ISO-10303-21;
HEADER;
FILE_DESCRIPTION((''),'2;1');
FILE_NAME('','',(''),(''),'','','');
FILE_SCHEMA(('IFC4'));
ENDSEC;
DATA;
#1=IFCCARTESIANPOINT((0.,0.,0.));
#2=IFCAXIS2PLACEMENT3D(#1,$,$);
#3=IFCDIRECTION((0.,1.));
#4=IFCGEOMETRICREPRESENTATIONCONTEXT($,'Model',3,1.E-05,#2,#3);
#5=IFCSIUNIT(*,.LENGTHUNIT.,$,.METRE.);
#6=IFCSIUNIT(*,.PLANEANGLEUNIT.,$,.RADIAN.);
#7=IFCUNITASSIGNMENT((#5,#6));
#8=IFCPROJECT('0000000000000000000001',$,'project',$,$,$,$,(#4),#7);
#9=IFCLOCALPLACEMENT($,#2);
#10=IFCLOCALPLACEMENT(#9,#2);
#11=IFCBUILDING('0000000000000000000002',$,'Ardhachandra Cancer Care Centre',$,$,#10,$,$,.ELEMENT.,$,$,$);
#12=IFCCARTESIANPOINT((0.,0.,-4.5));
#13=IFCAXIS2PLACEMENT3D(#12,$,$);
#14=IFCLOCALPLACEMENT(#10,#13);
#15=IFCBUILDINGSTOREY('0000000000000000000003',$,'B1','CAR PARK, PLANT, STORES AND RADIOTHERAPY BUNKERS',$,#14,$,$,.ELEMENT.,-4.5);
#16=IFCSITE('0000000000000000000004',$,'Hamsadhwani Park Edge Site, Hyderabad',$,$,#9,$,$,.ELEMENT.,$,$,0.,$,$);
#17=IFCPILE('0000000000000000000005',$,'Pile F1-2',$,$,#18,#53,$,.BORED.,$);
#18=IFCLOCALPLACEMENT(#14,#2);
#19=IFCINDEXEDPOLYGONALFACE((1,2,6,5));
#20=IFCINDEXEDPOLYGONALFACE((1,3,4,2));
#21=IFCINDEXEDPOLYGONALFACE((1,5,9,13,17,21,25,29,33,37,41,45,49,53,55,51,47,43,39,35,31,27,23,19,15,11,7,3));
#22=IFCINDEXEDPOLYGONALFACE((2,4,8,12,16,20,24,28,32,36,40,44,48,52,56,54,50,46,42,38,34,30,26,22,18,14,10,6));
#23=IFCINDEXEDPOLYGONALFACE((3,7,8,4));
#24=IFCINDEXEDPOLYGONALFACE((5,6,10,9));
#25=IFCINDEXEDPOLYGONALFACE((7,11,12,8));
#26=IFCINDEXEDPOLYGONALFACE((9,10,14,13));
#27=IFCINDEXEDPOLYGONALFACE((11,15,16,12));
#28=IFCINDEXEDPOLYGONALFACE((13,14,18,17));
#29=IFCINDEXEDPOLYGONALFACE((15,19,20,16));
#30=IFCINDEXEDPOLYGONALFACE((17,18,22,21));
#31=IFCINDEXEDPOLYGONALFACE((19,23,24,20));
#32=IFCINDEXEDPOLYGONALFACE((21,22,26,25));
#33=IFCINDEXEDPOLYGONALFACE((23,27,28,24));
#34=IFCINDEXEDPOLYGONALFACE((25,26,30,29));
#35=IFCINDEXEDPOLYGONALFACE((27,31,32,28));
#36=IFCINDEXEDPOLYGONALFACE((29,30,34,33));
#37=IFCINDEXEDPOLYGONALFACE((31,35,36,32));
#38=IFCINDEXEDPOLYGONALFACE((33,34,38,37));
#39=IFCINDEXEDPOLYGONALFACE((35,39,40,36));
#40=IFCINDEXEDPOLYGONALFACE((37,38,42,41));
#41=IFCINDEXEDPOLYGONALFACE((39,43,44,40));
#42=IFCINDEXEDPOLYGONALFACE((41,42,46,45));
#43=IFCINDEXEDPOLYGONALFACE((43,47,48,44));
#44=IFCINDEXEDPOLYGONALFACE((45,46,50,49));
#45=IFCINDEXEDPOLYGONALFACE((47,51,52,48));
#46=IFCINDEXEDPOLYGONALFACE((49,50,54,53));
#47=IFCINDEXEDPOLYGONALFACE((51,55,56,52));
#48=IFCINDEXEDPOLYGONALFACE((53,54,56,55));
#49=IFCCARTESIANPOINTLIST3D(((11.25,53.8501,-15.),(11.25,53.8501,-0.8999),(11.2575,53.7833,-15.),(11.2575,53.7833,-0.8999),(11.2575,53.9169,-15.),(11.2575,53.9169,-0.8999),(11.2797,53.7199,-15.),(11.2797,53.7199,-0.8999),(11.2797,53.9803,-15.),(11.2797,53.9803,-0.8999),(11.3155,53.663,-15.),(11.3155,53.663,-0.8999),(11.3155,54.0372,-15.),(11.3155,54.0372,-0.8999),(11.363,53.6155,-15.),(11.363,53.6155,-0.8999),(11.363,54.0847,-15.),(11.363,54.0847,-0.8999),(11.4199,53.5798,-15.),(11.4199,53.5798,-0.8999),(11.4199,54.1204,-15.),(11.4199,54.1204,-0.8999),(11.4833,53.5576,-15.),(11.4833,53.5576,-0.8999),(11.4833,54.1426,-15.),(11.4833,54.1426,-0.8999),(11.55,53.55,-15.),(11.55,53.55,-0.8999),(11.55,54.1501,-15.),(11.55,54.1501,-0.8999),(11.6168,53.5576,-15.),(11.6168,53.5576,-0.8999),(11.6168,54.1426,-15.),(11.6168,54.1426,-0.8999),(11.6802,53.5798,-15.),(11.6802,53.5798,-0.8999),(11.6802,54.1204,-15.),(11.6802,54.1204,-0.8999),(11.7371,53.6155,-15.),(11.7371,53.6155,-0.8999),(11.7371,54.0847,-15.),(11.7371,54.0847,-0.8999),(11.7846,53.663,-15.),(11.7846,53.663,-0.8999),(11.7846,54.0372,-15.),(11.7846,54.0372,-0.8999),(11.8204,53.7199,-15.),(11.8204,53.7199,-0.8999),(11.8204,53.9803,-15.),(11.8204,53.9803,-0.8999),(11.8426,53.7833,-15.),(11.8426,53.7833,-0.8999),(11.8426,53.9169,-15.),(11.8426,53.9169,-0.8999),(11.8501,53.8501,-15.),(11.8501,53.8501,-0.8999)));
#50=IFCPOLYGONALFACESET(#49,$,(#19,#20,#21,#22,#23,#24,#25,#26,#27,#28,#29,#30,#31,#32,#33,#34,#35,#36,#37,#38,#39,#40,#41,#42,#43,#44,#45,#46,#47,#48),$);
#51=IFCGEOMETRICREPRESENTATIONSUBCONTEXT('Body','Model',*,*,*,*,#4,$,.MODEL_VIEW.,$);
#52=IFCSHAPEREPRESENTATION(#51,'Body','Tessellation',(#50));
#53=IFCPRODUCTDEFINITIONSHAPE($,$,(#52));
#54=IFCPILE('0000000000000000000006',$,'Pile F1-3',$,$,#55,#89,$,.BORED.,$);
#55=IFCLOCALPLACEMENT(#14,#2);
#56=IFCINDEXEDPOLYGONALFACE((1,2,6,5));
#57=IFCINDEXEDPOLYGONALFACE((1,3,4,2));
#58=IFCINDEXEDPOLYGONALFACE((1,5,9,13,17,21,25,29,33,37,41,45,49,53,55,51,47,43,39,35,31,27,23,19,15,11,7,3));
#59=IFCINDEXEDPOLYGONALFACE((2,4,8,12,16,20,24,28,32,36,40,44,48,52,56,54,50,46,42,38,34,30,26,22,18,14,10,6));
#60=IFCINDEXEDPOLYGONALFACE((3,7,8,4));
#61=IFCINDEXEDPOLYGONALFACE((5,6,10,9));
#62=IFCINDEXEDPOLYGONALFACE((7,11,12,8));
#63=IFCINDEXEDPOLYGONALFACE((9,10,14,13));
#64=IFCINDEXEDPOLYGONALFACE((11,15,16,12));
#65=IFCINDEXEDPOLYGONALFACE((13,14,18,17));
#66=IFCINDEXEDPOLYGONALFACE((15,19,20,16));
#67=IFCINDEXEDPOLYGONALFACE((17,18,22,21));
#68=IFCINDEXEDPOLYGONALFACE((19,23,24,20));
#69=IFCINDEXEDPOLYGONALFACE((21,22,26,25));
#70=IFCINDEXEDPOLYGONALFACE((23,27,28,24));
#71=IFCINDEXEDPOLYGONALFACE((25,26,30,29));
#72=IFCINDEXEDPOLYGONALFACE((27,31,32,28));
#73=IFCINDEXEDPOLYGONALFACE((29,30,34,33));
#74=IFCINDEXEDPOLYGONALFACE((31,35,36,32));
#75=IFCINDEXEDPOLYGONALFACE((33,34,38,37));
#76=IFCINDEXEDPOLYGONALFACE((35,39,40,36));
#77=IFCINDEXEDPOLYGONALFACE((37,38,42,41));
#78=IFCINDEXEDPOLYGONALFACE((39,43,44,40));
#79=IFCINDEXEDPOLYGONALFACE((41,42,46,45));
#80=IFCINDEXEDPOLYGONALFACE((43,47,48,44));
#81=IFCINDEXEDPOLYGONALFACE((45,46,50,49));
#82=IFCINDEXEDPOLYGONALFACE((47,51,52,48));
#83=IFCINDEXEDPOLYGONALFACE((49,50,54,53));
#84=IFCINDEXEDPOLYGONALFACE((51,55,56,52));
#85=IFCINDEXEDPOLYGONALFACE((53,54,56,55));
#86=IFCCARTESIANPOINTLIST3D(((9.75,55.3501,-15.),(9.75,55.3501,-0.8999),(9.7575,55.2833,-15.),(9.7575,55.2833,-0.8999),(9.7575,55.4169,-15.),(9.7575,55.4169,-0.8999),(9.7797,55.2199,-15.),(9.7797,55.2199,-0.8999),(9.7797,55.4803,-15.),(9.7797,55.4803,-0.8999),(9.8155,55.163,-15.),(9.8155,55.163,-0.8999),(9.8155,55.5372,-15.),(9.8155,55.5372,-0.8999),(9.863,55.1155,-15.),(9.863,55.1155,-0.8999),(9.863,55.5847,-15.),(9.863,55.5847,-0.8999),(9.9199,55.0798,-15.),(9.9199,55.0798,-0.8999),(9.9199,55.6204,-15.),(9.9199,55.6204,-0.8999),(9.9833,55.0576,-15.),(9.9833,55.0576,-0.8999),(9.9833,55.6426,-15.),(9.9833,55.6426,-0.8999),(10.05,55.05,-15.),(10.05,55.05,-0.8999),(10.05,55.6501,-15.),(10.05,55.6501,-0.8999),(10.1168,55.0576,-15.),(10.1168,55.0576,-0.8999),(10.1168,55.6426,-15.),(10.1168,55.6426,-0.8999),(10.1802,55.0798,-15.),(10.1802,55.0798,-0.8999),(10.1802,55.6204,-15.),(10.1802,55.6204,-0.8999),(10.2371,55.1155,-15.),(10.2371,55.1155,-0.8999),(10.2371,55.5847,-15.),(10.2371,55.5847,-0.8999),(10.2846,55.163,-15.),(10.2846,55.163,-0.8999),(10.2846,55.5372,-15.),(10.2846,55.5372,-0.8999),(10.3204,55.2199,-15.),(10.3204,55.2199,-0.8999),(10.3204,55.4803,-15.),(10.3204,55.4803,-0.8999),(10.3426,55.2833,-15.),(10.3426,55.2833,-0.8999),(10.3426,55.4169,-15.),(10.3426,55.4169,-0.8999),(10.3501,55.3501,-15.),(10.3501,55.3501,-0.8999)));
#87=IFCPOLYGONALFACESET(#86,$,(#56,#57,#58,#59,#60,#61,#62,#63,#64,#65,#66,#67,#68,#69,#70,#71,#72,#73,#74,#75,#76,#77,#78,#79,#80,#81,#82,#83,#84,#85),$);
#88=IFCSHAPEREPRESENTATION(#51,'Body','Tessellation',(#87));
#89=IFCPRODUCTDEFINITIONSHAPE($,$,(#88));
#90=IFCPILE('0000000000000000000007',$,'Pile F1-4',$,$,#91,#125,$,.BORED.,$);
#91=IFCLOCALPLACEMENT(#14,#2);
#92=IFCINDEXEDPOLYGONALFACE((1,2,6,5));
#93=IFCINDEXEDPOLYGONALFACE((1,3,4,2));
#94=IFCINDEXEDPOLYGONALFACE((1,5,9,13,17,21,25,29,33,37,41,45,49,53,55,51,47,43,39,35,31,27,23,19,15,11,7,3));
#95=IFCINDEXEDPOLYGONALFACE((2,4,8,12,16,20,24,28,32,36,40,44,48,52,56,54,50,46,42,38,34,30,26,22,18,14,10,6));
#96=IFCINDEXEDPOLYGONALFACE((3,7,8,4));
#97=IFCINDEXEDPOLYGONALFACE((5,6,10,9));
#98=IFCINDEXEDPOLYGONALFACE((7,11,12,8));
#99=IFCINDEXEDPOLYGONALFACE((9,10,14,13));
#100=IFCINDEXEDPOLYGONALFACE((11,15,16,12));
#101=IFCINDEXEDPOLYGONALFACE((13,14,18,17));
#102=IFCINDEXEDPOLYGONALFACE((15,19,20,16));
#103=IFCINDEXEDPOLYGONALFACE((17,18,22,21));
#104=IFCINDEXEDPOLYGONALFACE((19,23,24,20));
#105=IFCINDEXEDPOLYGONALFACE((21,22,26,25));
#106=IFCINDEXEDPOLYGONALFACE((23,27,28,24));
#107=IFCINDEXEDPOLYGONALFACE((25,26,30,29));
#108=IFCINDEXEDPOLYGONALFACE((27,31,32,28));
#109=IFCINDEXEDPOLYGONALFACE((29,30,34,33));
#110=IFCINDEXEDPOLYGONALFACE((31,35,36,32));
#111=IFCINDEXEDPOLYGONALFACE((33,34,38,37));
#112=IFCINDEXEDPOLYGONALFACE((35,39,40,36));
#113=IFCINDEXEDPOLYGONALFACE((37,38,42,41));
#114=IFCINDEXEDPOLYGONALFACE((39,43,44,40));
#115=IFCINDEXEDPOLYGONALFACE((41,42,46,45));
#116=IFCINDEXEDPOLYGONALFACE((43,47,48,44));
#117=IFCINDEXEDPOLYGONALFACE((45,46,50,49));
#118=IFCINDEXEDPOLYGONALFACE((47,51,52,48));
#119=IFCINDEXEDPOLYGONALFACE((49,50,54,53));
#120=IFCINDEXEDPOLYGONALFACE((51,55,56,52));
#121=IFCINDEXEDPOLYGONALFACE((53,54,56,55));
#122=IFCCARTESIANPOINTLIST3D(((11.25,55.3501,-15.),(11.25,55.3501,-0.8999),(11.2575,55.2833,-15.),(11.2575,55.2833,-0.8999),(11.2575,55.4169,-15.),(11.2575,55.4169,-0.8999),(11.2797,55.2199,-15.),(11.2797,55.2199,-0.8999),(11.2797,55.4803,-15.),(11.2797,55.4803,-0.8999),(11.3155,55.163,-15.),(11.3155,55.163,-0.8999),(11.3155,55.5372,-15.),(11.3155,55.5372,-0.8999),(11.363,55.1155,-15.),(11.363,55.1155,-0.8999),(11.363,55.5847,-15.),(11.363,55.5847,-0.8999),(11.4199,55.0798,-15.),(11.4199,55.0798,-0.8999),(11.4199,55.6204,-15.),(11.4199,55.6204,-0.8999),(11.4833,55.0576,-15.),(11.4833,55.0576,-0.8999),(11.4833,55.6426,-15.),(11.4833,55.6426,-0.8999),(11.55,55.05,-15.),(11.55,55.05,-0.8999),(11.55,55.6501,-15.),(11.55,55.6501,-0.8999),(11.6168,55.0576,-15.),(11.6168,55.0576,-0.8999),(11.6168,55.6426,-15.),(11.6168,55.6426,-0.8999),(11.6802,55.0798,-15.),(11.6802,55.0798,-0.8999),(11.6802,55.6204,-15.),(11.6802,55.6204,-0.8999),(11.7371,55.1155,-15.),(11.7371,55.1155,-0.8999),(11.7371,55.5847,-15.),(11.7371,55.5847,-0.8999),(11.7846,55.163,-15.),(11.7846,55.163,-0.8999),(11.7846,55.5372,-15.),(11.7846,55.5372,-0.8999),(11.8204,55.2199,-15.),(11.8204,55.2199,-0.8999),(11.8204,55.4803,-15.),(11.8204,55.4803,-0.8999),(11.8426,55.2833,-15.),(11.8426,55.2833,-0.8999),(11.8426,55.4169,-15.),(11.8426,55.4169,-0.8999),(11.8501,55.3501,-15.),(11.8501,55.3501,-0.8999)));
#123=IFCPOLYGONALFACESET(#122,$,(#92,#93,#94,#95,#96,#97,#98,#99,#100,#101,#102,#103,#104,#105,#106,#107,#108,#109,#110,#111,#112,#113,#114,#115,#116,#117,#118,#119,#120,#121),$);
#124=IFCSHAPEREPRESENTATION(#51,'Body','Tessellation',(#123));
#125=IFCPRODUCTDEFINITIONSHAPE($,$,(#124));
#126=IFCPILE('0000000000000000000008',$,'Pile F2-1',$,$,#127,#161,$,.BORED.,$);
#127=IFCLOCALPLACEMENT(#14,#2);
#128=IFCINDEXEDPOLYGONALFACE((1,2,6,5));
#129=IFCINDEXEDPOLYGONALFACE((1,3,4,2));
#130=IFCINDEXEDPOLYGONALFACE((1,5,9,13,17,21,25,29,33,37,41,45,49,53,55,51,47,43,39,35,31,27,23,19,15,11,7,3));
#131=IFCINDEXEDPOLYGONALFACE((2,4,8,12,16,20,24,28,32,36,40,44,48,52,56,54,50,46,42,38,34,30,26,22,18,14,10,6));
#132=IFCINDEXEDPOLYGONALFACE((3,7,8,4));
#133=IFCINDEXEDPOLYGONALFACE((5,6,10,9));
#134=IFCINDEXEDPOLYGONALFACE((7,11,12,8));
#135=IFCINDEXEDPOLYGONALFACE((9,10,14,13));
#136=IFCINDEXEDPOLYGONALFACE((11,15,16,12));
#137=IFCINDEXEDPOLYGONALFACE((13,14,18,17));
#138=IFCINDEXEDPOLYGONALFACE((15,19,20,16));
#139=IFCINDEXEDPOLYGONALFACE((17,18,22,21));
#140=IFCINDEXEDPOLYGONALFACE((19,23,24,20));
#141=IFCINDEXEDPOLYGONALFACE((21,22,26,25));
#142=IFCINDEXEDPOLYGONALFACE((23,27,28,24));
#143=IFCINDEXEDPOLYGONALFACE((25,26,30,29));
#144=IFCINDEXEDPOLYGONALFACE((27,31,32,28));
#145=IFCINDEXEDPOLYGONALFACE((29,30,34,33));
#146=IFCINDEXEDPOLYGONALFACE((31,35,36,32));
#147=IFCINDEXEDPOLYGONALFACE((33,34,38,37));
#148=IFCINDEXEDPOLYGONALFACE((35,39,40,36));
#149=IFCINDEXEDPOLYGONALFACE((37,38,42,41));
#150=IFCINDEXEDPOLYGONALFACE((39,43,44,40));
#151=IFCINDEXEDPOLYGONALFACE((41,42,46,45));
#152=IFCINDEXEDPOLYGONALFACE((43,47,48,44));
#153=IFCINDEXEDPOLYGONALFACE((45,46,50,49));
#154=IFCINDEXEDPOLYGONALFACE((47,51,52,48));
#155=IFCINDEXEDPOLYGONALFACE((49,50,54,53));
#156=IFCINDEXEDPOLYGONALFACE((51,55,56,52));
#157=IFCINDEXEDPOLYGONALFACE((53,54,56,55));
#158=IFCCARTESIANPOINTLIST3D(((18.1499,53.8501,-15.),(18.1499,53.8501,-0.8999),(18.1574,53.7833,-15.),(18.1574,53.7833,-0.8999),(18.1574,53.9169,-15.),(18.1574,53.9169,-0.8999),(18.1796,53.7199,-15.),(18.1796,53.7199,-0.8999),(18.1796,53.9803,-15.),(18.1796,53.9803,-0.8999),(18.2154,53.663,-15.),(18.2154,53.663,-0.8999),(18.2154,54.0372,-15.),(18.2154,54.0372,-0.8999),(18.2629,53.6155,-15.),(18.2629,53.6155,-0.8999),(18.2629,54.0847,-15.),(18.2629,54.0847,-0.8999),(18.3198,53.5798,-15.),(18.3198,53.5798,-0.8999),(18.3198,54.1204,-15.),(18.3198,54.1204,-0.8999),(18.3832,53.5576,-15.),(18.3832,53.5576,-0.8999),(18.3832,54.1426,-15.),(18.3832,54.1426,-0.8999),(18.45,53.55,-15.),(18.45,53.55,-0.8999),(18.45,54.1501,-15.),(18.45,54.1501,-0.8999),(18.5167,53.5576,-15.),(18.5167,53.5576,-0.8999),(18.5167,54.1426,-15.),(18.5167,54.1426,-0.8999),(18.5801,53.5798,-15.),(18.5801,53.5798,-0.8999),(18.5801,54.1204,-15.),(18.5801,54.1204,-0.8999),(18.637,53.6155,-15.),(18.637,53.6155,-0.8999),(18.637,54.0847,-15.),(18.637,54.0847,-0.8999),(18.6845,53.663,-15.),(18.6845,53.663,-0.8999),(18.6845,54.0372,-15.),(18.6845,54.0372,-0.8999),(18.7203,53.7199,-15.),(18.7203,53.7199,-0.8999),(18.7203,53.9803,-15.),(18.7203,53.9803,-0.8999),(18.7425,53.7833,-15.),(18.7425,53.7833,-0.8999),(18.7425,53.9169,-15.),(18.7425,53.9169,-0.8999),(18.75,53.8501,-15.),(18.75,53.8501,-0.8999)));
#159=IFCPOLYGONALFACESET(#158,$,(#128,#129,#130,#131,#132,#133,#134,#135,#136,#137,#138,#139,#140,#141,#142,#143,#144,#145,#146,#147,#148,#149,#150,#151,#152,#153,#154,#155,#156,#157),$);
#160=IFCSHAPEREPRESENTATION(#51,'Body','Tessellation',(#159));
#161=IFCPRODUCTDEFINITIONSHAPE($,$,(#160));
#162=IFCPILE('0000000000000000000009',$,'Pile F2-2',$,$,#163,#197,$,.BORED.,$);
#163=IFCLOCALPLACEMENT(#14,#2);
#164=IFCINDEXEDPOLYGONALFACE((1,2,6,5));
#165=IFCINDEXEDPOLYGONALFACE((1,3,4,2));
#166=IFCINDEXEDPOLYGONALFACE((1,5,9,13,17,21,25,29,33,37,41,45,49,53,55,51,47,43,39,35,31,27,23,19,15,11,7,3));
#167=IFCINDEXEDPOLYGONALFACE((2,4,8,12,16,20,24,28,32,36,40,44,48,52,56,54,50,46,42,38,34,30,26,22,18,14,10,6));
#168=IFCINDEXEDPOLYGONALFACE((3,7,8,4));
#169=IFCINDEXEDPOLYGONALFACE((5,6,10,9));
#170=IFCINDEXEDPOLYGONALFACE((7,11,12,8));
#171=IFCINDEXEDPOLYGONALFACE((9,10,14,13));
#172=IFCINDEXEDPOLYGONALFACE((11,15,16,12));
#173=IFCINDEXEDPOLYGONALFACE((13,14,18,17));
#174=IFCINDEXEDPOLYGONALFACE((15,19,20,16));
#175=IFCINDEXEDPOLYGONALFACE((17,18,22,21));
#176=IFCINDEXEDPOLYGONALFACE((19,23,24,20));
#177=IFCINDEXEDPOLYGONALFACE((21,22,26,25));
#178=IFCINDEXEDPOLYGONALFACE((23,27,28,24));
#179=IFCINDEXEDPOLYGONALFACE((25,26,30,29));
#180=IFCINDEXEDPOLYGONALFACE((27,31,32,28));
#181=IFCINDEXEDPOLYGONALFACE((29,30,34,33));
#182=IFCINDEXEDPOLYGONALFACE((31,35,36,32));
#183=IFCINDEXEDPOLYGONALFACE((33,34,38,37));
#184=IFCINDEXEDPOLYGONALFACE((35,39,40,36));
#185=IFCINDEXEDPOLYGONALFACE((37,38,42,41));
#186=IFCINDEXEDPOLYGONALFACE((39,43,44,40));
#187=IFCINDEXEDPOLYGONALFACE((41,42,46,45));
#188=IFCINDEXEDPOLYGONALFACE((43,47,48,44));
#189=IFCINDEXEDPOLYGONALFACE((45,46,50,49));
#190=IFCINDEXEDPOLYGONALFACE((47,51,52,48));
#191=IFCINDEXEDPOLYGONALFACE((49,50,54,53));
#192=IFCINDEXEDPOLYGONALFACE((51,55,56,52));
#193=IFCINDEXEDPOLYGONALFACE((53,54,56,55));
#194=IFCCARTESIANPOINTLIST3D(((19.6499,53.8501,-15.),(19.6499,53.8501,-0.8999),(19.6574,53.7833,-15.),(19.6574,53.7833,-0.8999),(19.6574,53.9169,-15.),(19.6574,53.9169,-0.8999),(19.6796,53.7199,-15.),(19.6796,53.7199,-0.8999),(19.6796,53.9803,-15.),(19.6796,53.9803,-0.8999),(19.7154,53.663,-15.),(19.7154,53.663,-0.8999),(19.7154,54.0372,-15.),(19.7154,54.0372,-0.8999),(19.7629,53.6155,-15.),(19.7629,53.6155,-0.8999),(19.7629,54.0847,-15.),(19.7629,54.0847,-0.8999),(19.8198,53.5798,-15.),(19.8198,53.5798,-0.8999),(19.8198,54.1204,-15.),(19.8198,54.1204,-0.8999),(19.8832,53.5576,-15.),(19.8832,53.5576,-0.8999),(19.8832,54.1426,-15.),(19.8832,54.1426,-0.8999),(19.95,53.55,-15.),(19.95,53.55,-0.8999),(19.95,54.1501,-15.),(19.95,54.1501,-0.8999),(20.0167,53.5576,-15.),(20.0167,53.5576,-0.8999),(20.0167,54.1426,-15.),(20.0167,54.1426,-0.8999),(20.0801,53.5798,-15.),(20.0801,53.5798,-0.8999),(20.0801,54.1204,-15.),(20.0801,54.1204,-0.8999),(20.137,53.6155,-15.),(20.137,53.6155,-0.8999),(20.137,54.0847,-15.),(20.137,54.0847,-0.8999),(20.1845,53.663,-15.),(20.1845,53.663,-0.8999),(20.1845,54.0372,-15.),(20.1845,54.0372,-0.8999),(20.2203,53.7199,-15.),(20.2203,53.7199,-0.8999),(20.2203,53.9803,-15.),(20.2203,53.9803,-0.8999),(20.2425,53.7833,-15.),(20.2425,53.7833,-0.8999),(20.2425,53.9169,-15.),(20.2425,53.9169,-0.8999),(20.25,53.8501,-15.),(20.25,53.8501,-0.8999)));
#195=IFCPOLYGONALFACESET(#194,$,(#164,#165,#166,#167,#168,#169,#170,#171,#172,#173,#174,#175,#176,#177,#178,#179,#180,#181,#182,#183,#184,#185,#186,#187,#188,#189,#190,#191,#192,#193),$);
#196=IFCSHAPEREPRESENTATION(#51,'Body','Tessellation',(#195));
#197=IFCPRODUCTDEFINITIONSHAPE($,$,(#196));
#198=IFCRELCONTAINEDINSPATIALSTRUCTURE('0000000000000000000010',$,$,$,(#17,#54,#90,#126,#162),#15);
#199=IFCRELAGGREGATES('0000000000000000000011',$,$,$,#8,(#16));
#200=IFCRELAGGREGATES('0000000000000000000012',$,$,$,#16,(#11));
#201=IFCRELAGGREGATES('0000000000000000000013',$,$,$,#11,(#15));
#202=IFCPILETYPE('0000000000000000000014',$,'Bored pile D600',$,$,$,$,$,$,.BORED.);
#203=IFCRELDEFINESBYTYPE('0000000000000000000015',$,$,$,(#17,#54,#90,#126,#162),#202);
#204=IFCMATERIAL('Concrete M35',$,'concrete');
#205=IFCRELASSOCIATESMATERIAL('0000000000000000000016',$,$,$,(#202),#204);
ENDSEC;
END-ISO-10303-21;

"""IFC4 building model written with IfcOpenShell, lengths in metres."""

from ifc_helpers import new_model, si_unit, direction, frame, origin, origin_2d, place, context, subcontext, project, spatial, circle, extrude, material, material_profile, profile_set, type_object, element, save


model = new_model("IFC4")

# Units and contexts
model_context = context("Model", 3, precision=1e-05, world=origin(), true_north=direction((0.0, 1.0)))
body_context = subcontext(model_context, "Body", "Model", "MODEL_VIEW")
ifc_project = project(units=[si_unit("LENGTHUNIT", "METRE"), si_unit("PLANEANGLEUNIT", "RADIAN")], contexts=[model_context])

# Site, building, storey
site_placement = place(None, origin())
site = spatial("IfcSite", under=ifc_project, at=site_placement, Name="Hamsadhwani Park Edge Site, Hyderabad", CompositionType="ELEMENT", RefElevation=0.0)
building_placement = place(site_placement, origin())
building = spatial("IfcBuilding", under=site, at=building_placement, Name="Ardhachandra Cancer Care Centre", CompositionType="ELEMENT")
storey_placement = place(building_placement, frame((0.0, 0.0, -4.5)))
storey = spatial("IfcBuildingStorey", under=building, at=storey_placement, Name="B1", Description="CAR PARK, PLANT, STORES AND RADIOTHERAPY BUNKERS", CompositionType="ELEMENT", Elevation=-4.5)

# Piles
ifc_material_1 = material(Name="Concrete M35", Category="concrete")
ifc_material_profile_1 = material_profile(ifc_material_1, circle(Radius=0.3, at=origin_2d()), Name="D600")
ifc_profile_set_1 = profile_set([ifc_material_profile_1], Name="Concrete M35")
pile_type = type_object("IfcPileType", Name="Bored pile D600", PredefinedType="BORED", material=ifc_profile_set_1)
for number, where, z_axis, x_axis, name in (
    (1, (11.55, 53.8501, -0.8999), (0.0, 0.0, -1.0), (1.0, 0.0, 0.0), "Pile F1-2"),
    (2, (10.05, 55.3501, -0.8999), (0.0, 0.0, -1.0), (1.0, 0.0, 0.0), "Pile F1-3"),
    (3, (11.55, 55.3501, -0.8999), (0.0, 0.0, -1.0), (1.0, 0.0, 0.0), "Pile F1-4"),
    (4, (18.45, 53.8501, -0.8999), (0.0, 0.0, -1.0), (1.0, 0.0, 0.0), "Pile F2-1"),
    (5, (19.95, 53.8501, -0.8999), (0.0, 0.0, -1.0), (1.0, 0.0, 0.0), "Pile F2-2"),
):
    element("IfcPile", number, at=place(storey_placement, frame(where, z_axis=z_axis, x_axis=x_axis)), inside=storey, type_object=pile_type, Name=name, PredefinedType="BORED", context=body_context, shape_type="SweptSolid", body=[
        extrude(circle(Radius=0.3, at=origin_2d()), origin(), (0.0, 0.0, 1.0), 14.1001),
    ])

save(model, "model.ifc")
